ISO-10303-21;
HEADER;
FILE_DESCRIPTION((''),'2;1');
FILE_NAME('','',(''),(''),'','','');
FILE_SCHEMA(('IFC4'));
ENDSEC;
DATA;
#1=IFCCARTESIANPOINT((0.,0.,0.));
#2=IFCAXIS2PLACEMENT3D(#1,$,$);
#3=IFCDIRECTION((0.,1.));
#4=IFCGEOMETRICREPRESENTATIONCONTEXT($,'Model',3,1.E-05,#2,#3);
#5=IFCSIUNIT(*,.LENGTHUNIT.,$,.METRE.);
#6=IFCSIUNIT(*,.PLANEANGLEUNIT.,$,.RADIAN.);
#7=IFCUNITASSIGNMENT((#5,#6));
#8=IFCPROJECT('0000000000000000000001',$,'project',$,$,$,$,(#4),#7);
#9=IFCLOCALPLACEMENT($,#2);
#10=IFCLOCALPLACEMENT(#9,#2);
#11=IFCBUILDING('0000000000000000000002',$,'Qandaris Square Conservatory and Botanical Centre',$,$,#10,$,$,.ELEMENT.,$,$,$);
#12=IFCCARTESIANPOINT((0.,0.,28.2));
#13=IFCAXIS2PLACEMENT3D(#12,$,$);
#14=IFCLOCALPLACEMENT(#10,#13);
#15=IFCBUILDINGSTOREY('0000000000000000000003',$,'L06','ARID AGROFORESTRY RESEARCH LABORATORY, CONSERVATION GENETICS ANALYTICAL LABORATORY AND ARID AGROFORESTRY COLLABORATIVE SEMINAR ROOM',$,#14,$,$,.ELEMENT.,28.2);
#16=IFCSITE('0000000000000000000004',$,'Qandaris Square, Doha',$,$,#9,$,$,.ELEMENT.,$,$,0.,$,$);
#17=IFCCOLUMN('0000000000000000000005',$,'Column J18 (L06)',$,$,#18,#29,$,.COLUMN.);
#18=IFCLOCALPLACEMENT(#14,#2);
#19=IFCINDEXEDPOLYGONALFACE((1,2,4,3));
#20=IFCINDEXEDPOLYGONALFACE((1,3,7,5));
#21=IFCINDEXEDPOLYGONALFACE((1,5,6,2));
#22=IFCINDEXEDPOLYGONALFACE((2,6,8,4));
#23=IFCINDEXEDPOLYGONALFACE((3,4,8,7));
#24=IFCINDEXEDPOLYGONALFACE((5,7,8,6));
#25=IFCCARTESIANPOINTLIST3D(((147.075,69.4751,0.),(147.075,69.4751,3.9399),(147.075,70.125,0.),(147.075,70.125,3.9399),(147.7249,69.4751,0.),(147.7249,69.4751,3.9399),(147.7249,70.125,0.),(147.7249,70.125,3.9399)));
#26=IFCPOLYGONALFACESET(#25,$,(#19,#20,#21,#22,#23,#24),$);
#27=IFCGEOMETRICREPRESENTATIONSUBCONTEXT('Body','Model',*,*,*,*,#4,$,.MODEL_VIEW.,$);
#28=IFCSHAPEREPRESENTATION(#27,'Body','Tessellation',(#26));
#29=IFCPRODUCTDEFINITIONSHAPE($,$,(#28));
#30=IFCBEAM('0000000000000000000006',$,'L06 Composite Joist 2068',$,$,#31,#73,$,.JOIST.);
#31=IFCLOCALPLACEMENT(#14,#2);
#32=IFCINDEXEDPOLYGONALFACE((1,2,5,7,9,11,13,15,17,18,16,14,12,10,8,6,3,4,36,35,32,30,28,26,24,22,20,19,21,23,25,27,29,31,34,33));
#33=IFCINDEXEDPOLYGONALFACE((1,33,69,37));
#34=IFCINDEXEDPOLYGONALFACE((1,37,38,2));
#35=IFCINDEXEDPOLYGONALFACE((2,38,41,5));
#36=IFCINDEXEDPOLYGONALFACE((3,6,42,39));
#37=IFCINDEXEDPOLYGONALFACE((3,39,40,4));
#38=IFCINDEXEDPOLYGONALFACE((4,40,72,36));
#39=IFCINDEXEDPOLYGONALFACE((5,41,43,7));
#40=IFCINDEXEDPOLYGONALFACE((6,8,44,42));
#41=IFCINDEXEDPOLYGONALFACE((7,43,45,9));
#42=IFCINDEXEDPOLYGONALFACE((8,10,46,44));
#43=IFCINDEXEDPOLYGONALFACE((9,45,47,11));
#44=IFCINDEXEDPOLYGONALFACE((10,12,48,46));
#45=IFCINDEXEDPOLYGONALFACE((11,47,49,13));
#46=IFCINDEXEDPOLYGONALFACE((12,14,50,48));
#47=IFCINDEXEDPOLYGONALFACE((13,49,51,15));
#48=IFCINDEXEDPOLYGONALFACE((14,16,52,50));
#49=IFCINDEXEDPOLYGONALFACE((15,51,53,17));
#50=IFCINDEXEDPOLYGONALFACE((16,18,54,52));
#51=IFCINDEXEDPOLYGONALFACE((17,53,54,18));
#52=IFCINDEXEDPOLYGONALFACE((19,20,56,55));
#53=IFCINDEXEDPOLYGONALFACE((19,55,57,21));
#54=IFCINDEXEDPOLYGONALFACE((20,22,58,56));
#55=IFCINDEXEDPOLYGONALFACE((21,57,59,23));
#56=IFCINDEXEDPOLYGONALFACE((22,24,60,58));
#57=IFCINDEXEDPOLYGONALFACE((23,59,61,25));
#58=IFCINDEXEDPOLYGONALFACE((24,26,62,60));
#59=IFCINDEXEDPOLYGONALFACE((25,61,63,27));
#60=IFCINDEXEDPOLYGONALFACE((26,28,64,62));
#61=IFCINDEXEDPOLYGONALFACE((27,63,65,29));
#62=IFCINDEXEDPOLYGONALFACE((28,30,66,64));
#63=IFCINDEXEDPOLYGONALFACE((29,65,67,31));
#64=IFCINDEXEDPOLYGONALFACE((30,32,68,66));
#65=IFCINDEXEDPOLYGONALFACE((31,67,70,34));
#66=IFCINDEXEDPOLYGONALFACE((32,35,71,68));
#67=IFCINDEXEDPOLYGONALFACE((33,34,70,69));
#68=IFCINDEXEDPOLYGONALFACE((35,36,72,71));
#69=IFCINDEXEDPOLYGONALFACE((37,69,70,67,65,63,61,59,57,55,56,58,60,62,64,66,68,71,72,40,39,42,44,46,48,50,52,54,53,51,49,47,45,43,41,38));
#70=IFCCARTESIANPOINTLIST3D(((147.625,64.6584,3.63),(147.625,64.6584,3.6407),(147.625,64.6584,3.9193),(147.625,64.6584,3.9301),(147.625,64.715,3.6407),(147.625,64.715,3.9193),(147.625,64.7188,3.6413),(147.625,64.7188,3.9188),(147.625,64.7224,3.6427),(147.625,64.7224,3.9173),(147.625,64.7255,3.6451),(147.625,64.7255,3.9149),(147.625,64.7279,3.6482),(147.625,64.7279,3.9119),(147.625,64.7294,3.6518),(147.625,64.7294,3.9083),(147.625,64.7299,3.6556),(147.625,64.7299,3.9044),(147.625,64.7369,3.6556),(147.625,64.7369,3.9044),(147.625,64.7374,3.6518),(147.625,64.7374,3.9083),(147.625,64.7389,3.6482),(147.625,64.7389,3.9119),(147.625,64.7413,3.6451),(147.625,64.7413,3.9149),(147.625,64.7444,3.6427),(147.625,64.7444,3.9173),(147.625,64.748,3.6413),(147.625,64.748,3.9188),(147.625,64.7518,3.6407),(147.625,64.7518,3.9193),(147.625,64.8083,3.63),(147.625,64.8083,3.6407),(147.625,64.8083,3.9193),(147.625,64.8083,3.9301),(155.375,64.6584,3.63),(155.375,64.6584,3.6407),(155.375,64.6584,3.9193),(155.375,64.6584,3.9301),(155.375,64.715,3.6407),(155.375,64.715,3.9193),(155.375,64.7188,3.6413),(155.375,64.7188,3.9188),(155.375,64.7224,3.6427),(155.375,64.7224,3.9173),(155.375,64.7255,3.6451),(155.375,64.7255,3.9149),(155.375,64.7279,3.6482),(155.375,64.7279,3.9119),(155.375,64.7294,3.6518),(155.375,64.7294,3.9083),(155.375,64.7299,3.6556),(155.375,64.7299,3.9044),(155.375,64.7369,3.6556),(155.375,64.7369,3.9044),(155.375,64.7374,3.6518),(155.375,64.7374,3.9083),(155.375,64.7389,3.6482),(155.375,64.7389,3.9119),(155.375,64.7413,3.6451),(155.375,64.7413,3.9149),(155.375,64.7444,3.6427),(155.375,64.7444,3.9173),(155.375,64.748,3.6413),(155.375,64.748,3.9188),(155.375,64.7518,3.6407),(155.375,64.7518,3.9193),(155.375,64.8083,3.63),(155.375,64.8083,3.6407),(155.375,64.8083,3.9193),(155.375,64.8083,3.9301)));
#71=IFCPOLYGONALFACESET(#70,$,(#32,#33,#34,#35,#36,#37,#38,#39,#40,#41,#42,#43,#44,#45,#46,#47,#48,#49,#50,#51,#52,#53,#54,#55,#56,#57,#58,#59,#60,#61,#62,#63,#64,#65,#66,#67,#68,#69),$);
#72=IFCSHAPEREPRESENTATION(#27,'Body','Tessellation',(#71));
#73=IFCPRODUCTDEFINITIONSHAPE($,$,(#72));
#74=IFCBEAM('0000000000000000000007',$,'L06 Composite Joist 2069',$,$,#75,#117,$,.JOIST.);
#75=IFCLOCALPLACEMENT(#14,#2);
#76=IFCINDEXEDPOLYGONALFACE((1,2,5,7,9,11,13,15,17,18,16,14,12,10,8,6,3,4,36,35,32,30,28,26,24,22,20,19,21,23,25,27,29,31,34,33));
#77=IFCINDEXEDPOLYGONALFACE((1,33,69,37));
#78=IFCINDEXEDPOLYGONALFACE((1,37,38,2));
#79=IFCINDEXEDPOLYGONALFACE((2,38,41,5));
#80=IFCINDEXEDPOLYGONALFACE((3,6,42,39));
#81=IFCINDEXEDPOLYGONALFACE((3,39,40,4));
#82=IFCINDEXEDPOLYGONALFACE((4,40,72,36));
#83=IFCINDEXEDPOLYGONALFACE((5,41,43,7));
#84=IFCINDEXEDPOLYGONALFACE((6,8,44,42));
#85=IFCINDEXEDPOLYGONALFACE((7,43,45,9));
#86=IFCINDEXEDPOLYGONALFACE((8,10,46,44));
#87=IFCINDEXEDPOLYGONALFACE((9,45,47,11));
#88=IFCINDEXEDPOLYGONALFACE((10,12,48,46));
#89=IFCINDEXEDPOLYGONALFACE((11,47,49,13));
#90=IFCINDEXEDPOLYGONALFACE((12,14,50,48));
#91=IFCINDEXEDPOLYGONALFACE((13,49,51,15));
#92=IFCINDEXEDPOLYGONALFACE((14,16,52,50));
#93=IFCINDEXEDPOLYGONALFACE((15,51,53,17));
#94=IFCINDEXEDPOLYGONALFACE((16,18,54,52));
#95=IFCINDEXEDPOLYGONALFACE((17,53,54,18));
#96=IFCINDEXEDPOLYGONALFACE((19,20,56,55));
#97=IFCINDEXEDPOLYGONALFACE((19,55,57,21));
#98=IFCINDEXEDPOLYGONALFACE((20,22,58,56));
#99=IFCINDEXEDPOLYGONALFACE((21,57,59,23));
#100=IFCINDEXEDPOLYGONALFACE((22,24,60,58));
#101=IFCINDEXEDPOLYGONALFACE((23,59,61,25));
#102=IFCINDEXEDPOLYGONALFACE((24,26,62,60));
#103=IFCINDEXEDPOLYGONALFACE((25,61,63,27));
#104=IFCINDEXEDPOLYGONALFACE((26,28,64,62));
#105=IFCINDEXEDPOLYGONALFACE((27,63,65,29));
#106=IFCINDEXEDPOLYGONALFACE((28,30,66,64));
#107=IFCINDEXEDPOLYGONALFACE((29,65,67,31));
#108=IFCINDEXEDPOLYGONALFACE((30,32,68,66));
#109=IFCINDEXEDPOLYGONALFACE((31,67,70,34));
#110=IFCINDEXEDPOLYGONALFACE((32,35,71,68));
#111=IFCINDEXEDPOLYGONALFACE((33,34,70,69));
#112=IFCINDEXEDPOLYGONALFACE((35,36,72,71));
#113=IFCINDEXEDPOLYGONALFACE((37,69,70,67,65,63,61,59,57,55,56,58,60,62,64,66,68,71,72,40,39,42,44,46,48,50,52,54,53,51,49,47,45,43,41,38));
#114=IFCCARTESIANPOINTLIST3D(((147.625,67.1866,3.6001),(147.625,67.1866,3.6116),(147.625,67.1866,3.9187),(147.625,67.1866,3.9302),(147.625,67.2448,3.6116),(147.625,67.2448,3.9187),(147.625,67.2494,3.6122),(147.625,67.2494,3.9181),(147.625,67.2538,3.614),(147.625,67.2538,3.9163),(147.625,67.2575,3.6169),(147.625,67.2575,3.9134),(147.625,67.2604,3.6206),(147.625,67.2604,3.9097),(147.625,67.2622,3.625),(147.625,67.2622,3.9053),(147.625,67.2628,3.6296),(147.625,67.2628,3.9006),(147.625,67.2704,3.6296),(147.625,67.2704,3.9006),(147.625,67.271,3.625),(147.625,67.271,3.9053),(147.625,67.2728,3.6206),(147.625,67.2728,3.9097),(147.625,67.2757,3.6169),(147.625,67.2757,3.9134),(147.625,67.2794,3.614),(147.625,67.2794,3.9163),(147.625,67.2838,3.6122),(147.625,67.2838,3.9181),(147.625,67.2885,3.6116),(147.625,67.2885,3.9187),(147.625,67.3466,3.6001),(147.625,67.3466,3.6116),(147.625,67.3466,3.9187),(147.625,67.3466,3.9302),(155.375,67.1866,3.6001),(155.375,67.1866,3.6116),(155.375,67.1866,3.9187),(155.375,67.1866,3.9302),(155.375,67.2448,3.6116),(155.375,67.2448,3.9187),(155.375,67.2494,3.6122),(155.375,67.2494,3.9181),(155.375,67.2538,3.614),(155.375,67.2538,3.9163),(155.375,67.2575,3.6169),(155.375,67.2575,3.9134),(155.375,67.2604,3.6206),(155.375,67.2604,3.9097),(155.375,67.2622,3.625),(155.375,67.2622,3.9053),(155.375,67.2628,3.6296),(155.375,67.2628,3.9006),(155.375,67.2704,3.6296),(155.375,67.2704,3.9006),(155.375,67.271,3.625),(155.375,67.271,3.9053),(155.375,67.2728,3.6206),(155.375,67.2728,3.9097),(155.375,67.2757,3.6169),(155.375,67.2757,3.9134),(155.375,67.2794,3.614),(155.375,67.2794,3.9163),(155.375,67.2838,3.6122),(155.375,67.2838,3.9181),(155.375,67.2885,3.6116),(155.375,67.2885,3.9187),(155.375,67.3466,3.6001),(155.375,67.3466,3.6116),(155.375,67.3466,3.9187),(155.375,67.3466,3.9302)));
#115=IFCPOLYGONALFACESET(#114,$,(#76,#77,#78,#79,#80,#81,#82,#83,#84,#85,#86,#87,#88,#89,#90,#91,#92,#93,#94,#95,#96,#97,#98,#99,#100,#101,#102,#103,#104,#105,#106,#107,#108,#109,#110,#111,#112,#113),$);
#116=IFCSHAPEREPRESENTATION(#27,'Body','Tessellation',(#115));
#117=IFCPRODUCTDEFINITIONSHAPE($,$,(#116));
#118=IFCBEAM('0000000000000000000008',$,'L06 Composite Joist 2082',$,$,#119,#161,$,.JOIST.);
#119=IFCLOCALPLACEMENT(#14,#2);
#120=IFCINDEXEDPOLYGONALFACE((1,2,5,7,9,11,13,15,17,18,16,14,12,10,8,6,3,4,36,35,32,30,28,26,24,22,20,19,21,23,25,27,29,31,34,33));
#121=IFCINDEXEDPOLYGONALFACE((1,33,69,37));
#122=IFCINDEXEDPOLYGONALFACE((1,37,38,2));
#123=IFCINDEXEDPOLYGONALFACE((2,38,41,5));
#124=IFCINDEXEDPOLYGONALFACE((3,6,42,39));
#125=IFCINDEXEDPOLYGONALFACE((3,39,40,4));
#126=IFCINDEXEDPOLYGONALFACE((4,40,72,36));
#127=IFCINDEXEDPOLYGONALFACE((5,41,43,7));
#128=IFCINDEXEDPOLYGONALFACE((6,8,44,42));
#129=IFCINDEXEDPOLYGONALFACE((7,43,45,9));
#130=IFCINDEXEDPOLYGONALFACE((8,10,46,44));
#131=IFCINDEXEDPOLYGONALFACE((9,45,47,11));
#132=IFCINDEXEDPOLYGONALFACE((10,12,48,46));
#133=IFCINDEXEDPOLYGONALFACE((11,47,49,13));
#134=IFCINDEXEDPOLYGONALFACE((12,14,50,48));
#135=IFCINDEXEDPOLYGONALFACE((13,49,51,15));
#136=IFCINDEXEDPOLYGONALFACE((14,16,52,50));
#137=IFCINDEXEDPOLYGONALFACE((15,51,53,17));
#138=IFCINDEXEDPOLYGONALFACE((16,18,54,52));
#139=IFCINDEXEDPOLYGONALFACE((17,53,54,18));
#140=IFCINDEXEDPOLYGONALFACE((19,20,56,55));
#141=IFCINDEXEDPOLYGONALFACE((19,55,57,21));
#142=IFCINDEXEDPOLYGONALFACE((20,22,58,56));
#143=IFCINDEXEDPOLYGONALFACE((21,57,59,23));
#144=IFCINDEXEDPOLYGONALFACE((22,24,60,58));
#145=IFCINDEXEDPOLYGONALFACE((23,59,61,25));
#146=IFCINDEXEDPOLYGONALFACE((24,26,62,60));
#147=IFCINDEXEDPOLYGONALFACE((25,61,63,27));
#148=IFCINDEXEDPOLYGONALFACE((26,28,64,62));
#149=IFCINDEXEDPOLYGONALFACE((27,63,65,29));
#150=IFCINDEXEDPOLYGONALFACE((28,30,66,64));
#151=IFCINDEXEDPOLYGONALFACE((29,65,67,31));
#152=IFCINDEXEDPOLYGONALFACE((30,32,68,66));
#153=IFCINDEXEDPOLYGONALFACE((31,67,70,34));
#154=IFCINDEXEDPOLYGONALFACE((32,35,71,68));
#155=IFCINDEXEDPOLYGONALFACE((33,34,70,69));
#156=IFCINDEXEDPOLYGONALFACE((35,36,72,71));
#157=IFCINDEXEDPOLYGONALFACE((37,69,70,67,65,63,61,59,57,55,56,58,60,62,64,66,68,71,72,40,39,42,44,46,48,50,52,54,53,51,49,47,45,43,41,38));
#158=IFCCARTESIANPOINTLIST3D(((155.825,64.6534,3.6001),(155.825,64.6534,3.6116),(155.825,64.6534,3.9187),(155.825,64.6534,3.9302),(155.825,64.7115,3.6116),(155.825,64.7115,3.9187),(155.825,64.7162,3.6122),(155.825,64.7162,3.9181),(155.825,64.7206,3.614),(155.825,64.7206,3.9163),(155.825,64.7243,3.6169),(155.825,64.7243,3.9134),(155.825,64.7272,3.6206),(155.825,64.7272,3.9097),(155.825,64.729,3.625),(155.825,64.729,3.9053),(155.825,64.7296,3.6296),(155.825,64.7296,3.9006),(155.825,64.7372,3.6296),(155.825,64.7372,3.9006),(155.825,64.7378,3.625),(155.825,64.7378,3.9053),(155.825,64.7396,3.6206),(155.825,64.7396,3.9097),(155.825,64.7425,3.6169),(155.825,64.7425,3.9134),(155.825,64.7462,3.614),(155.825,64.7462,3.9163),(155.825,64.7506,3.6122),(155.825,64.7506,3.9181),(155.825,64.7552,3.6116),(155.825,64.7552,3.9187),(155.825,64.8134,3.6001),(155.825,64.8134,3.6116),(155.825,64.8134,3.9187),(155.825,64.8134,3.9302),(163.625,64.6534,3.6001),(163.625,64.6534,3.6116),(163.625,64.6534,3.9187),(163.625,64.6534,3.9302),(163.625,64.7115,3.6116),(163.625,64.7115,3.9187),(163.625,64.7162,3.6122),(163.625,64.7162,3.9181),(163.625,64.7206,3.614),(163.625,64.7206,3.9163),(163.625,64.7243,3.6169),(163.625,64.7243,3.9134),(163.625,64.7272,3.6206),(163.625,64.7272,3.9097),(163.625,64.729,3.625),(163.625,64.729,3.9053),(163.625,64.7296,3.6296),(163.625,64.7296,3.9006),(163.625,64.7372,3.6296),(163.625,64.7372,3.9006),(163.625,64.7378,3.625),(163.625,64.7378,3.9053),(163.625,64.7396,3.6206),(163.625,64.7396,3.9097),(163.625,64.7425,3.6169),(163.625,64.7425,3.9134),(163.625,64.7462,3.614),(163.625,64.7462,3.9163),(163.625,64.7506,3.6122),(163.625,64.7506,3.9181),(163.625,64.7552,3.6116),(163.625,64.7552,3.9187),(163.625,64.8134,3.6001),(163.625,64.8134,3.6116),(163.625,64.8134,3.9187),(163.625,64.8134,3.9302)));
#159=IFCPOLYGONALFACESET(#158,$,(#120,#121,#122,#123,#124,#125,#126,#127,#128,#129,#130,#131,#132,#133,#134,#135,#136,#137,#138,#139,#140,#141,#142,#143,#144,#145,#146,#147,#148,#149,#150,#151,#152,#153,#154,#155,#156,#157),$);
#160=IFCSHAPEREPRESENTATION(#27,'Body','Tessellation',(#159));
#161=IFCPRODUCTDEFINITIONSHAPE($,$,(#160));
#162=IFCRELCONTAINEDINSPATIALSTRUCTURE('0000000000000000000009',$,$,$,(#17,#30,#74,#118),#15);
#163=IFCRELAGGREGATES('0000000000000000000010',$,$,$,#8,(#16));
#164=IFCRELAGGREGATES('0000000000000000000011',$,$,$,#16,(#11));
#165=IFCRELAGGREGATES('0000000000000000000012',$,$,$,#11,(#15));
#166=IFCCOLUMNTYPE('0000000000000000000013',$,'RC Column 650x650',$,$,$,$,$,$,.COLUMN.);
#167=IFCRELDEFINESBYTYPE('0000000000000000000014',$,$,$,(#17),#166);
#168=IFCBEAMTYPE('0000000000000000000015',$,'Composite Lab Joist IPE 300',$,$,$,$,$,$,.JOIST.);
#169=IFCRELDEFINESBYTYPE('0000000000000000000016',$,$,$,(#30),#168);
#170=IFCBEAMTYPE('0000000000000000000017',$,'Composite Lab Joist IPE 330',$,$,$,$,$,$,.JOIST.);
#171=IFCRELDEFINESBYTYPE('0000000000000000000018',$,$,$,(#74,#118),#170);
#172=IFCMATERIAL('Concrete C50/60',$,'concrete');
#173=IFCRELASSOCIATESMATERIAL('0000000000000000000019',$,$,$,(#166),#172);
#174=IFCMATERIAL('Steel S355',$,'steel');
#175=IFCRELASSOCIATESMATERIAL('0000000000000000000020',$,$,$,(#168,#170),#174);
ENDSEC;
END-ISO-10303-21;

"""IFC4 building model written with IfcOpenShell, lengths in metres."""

from ifc_helpers import new_model, si_unit, direction, frame, origin, origin_2d, place, context, subcontext, project, spatial, rectangle, i_section, extrude, material, material_profile, profile_set, type_object, element, save


model = new_model("IFC4")

# Units and contexts
model_context = context("Model", 3, precision=1e-05, world=origin(), true_north=direction((0.0, 1.0)))
body_context = subcontext(model_context, "Body", "Model", "MODEL_VIEW")
ifc_project = project(units=[si_unit("LENGTHUNIT", "METRE"), si_unit("PLANEANGLEUNIT", "RADIAN")], contexts=[model_context])

# Site, building, storey
site_placement = place(None, origin())
site = spatial("IfcSite", under=ifc_project, at=site_placement, Name="Qandaris Square, Doha", CompositionType="ELEMENT", RefElevation=0.0)
building_placement = place(site_placement, origin())
building = spatial("IfcBuilding", under=site, at=building_placement, Name="Qandaris Square Conservatory and Botanical Centre", CompositionType="ELEMENT")
storey_placement = place(building_placement, frame((0.0, 0.0, 28.2)))
storey = spatial("IfcBuildingStorey", under=building, at=storey_placement, Name="L06", Description="ARID AGROFORESTRY RESEARCH LABORATORY, CONSERVATION GENETICS ANALYTICAL LABORATORY AND ARID AGROFORESTRY COLLABORATIVE SEMINAR ROOM", CompositionType="ELEMENT", Elevation=28.2)

# Column
ifc_material_1 = material(Name="Concrete C50/60", Category="concrete")
ifc_material_profile_1 = material_profile(ifc_material_1, rectangle(XDim=0.6499, YDim=0.6499, at=origin_2d()), Name="RC-COL 650x650")
ifc_profile_set_1 = profile_set([ifc_material_profile_1], Name="Concrete C50/60")
column_type = type_object("IfcColumnType", Name="RC Column 650x650", PredefinedType="COLUMN", material=ifc_profile_set_1)
column_placement = place(storey_placement, frame((147.3999, 69.8, 0.0), z_axis=(0.0, 0.0, 1.0), x_axis=(1.0, 0.0, 0.0)))
element("IfcColumn", 1, at=column_placement, inside=storey, type_object=column_type, Name="Column J18 (L06)", PredefinedType="COLUMN", context=body_context, shape_type="SweptSolid", body=[
    extrude(rectangle(XDim=0.6499, YDim=0.6499, at=origin_2d()), origin(), (0.0, 0.0, 1.0), 3.9399),
])

# Beams
ifc_material_2 = material(Name="Steel S355", Category="steel")
ifc_material_profile_2 = material_profile(ifc_material_2, i_section(OverallWidth=0.1499, OverallDepth=0.3, WebThickness=0.0071, FlangeThickness=0.0107, FilletRadius=0.0149, at=origin_2d()), Name="IPE 300")
ifc_profile_set_2 = profile_set([ifc_material_profile_2], Name="Steel S355")
beam_type_1 = type_object("IfcBeamType", Name="Composite Lab Joist IPE 300", PredefinedType="JOIST", material=ifc_profile_set_2)
beam_1_placement = place(storey_placement, frame((147.625, 64.7334, 3.78), z_axis=(1.0, 0.0, 0.0), x_axis=(0.0, 1.0, 0.0)))
element("IfcBeam", 2, at=beam_1_placement, inside=storey, type_object=beam_type_1, Name="L06 Composite Joist 2068", PredefinedType="JOIST", context=body_context, shape_type="SweptSolid", body=[
    extrude(i_section(OverallWidth=0.1499, OverallDepth=0.3, WebThickness=0.0071, FlangeThickness=0.0107, FilletRadius=0.0149, at=origin_2d()), origin(), (0.0, 0.0, 1.0), 7.75),
])
ifc_material_profile_3 = material_profile(ifc_material_2, i_section(OverallWidth=0.1599, OverallDepth=0.3301, WebThickness=0.0076, FlangeThickness=0.0115, FilletRadius=0.0181, at=origin_2d()), Name="IPE 330")
ifc_profile_set_3 = profile_set([ifc_material_profile_3], Name="Steel S355")
beam_type_2 = type_object("IfcBeamType", Name="Composite Lab Joist IPE 330", PredefinedType="JOIST", material=ifc_profile_set_3)
beam_2_placement = place(storey_placement, frame((147.625, 67.2666, 3.7651), z_axis=(1.0, 0.0, 0.0), x_axis=(0.0, 1.0, 0.0)))
element("IfcBeam", 3, at=beam_2_placement, inside=storey, type_object=beam_type_2, Name="L06 Composite Joist 2069", PredefinedType="JOIST", context=body_context, shape_type="SweptSolid", body=[
    extrude(i_section(OverallWidth=0.1599, OverallDepth=0.3301, WebThickness=0.0076, FlangeThickness=0.0115, FilletRadius=0.0181, at=origin_2d()), origin(), (0.0, 0.0, 1.0), 7.75),
])
beam_3_placement = place(storey_placement, frame((155.825, 64.7334, 3.7651), z_axis=(1.0, 0.0, 0.0), x_axis=(0.0, 1.0, 0.0)))
element("IfcBeam", 4, at=beam_3_placement, inside=storey, type_object=beam_type_2, Name="L06 Composite Joist 2082", PredefinedType="JOIST", context=body_context, shape_type="SweptSolid", body=[
    extrude(i_section(OverallWidth=0.1599, OverallDepth=0.3301, WebThickness=0.0076, FlangeThickness=0.0115, FilletRadius=0.0181, at=origin_2d()), origin(), (0.0, 0.0, 1.0), 7.8),
])

save(model, "model.ifc")
